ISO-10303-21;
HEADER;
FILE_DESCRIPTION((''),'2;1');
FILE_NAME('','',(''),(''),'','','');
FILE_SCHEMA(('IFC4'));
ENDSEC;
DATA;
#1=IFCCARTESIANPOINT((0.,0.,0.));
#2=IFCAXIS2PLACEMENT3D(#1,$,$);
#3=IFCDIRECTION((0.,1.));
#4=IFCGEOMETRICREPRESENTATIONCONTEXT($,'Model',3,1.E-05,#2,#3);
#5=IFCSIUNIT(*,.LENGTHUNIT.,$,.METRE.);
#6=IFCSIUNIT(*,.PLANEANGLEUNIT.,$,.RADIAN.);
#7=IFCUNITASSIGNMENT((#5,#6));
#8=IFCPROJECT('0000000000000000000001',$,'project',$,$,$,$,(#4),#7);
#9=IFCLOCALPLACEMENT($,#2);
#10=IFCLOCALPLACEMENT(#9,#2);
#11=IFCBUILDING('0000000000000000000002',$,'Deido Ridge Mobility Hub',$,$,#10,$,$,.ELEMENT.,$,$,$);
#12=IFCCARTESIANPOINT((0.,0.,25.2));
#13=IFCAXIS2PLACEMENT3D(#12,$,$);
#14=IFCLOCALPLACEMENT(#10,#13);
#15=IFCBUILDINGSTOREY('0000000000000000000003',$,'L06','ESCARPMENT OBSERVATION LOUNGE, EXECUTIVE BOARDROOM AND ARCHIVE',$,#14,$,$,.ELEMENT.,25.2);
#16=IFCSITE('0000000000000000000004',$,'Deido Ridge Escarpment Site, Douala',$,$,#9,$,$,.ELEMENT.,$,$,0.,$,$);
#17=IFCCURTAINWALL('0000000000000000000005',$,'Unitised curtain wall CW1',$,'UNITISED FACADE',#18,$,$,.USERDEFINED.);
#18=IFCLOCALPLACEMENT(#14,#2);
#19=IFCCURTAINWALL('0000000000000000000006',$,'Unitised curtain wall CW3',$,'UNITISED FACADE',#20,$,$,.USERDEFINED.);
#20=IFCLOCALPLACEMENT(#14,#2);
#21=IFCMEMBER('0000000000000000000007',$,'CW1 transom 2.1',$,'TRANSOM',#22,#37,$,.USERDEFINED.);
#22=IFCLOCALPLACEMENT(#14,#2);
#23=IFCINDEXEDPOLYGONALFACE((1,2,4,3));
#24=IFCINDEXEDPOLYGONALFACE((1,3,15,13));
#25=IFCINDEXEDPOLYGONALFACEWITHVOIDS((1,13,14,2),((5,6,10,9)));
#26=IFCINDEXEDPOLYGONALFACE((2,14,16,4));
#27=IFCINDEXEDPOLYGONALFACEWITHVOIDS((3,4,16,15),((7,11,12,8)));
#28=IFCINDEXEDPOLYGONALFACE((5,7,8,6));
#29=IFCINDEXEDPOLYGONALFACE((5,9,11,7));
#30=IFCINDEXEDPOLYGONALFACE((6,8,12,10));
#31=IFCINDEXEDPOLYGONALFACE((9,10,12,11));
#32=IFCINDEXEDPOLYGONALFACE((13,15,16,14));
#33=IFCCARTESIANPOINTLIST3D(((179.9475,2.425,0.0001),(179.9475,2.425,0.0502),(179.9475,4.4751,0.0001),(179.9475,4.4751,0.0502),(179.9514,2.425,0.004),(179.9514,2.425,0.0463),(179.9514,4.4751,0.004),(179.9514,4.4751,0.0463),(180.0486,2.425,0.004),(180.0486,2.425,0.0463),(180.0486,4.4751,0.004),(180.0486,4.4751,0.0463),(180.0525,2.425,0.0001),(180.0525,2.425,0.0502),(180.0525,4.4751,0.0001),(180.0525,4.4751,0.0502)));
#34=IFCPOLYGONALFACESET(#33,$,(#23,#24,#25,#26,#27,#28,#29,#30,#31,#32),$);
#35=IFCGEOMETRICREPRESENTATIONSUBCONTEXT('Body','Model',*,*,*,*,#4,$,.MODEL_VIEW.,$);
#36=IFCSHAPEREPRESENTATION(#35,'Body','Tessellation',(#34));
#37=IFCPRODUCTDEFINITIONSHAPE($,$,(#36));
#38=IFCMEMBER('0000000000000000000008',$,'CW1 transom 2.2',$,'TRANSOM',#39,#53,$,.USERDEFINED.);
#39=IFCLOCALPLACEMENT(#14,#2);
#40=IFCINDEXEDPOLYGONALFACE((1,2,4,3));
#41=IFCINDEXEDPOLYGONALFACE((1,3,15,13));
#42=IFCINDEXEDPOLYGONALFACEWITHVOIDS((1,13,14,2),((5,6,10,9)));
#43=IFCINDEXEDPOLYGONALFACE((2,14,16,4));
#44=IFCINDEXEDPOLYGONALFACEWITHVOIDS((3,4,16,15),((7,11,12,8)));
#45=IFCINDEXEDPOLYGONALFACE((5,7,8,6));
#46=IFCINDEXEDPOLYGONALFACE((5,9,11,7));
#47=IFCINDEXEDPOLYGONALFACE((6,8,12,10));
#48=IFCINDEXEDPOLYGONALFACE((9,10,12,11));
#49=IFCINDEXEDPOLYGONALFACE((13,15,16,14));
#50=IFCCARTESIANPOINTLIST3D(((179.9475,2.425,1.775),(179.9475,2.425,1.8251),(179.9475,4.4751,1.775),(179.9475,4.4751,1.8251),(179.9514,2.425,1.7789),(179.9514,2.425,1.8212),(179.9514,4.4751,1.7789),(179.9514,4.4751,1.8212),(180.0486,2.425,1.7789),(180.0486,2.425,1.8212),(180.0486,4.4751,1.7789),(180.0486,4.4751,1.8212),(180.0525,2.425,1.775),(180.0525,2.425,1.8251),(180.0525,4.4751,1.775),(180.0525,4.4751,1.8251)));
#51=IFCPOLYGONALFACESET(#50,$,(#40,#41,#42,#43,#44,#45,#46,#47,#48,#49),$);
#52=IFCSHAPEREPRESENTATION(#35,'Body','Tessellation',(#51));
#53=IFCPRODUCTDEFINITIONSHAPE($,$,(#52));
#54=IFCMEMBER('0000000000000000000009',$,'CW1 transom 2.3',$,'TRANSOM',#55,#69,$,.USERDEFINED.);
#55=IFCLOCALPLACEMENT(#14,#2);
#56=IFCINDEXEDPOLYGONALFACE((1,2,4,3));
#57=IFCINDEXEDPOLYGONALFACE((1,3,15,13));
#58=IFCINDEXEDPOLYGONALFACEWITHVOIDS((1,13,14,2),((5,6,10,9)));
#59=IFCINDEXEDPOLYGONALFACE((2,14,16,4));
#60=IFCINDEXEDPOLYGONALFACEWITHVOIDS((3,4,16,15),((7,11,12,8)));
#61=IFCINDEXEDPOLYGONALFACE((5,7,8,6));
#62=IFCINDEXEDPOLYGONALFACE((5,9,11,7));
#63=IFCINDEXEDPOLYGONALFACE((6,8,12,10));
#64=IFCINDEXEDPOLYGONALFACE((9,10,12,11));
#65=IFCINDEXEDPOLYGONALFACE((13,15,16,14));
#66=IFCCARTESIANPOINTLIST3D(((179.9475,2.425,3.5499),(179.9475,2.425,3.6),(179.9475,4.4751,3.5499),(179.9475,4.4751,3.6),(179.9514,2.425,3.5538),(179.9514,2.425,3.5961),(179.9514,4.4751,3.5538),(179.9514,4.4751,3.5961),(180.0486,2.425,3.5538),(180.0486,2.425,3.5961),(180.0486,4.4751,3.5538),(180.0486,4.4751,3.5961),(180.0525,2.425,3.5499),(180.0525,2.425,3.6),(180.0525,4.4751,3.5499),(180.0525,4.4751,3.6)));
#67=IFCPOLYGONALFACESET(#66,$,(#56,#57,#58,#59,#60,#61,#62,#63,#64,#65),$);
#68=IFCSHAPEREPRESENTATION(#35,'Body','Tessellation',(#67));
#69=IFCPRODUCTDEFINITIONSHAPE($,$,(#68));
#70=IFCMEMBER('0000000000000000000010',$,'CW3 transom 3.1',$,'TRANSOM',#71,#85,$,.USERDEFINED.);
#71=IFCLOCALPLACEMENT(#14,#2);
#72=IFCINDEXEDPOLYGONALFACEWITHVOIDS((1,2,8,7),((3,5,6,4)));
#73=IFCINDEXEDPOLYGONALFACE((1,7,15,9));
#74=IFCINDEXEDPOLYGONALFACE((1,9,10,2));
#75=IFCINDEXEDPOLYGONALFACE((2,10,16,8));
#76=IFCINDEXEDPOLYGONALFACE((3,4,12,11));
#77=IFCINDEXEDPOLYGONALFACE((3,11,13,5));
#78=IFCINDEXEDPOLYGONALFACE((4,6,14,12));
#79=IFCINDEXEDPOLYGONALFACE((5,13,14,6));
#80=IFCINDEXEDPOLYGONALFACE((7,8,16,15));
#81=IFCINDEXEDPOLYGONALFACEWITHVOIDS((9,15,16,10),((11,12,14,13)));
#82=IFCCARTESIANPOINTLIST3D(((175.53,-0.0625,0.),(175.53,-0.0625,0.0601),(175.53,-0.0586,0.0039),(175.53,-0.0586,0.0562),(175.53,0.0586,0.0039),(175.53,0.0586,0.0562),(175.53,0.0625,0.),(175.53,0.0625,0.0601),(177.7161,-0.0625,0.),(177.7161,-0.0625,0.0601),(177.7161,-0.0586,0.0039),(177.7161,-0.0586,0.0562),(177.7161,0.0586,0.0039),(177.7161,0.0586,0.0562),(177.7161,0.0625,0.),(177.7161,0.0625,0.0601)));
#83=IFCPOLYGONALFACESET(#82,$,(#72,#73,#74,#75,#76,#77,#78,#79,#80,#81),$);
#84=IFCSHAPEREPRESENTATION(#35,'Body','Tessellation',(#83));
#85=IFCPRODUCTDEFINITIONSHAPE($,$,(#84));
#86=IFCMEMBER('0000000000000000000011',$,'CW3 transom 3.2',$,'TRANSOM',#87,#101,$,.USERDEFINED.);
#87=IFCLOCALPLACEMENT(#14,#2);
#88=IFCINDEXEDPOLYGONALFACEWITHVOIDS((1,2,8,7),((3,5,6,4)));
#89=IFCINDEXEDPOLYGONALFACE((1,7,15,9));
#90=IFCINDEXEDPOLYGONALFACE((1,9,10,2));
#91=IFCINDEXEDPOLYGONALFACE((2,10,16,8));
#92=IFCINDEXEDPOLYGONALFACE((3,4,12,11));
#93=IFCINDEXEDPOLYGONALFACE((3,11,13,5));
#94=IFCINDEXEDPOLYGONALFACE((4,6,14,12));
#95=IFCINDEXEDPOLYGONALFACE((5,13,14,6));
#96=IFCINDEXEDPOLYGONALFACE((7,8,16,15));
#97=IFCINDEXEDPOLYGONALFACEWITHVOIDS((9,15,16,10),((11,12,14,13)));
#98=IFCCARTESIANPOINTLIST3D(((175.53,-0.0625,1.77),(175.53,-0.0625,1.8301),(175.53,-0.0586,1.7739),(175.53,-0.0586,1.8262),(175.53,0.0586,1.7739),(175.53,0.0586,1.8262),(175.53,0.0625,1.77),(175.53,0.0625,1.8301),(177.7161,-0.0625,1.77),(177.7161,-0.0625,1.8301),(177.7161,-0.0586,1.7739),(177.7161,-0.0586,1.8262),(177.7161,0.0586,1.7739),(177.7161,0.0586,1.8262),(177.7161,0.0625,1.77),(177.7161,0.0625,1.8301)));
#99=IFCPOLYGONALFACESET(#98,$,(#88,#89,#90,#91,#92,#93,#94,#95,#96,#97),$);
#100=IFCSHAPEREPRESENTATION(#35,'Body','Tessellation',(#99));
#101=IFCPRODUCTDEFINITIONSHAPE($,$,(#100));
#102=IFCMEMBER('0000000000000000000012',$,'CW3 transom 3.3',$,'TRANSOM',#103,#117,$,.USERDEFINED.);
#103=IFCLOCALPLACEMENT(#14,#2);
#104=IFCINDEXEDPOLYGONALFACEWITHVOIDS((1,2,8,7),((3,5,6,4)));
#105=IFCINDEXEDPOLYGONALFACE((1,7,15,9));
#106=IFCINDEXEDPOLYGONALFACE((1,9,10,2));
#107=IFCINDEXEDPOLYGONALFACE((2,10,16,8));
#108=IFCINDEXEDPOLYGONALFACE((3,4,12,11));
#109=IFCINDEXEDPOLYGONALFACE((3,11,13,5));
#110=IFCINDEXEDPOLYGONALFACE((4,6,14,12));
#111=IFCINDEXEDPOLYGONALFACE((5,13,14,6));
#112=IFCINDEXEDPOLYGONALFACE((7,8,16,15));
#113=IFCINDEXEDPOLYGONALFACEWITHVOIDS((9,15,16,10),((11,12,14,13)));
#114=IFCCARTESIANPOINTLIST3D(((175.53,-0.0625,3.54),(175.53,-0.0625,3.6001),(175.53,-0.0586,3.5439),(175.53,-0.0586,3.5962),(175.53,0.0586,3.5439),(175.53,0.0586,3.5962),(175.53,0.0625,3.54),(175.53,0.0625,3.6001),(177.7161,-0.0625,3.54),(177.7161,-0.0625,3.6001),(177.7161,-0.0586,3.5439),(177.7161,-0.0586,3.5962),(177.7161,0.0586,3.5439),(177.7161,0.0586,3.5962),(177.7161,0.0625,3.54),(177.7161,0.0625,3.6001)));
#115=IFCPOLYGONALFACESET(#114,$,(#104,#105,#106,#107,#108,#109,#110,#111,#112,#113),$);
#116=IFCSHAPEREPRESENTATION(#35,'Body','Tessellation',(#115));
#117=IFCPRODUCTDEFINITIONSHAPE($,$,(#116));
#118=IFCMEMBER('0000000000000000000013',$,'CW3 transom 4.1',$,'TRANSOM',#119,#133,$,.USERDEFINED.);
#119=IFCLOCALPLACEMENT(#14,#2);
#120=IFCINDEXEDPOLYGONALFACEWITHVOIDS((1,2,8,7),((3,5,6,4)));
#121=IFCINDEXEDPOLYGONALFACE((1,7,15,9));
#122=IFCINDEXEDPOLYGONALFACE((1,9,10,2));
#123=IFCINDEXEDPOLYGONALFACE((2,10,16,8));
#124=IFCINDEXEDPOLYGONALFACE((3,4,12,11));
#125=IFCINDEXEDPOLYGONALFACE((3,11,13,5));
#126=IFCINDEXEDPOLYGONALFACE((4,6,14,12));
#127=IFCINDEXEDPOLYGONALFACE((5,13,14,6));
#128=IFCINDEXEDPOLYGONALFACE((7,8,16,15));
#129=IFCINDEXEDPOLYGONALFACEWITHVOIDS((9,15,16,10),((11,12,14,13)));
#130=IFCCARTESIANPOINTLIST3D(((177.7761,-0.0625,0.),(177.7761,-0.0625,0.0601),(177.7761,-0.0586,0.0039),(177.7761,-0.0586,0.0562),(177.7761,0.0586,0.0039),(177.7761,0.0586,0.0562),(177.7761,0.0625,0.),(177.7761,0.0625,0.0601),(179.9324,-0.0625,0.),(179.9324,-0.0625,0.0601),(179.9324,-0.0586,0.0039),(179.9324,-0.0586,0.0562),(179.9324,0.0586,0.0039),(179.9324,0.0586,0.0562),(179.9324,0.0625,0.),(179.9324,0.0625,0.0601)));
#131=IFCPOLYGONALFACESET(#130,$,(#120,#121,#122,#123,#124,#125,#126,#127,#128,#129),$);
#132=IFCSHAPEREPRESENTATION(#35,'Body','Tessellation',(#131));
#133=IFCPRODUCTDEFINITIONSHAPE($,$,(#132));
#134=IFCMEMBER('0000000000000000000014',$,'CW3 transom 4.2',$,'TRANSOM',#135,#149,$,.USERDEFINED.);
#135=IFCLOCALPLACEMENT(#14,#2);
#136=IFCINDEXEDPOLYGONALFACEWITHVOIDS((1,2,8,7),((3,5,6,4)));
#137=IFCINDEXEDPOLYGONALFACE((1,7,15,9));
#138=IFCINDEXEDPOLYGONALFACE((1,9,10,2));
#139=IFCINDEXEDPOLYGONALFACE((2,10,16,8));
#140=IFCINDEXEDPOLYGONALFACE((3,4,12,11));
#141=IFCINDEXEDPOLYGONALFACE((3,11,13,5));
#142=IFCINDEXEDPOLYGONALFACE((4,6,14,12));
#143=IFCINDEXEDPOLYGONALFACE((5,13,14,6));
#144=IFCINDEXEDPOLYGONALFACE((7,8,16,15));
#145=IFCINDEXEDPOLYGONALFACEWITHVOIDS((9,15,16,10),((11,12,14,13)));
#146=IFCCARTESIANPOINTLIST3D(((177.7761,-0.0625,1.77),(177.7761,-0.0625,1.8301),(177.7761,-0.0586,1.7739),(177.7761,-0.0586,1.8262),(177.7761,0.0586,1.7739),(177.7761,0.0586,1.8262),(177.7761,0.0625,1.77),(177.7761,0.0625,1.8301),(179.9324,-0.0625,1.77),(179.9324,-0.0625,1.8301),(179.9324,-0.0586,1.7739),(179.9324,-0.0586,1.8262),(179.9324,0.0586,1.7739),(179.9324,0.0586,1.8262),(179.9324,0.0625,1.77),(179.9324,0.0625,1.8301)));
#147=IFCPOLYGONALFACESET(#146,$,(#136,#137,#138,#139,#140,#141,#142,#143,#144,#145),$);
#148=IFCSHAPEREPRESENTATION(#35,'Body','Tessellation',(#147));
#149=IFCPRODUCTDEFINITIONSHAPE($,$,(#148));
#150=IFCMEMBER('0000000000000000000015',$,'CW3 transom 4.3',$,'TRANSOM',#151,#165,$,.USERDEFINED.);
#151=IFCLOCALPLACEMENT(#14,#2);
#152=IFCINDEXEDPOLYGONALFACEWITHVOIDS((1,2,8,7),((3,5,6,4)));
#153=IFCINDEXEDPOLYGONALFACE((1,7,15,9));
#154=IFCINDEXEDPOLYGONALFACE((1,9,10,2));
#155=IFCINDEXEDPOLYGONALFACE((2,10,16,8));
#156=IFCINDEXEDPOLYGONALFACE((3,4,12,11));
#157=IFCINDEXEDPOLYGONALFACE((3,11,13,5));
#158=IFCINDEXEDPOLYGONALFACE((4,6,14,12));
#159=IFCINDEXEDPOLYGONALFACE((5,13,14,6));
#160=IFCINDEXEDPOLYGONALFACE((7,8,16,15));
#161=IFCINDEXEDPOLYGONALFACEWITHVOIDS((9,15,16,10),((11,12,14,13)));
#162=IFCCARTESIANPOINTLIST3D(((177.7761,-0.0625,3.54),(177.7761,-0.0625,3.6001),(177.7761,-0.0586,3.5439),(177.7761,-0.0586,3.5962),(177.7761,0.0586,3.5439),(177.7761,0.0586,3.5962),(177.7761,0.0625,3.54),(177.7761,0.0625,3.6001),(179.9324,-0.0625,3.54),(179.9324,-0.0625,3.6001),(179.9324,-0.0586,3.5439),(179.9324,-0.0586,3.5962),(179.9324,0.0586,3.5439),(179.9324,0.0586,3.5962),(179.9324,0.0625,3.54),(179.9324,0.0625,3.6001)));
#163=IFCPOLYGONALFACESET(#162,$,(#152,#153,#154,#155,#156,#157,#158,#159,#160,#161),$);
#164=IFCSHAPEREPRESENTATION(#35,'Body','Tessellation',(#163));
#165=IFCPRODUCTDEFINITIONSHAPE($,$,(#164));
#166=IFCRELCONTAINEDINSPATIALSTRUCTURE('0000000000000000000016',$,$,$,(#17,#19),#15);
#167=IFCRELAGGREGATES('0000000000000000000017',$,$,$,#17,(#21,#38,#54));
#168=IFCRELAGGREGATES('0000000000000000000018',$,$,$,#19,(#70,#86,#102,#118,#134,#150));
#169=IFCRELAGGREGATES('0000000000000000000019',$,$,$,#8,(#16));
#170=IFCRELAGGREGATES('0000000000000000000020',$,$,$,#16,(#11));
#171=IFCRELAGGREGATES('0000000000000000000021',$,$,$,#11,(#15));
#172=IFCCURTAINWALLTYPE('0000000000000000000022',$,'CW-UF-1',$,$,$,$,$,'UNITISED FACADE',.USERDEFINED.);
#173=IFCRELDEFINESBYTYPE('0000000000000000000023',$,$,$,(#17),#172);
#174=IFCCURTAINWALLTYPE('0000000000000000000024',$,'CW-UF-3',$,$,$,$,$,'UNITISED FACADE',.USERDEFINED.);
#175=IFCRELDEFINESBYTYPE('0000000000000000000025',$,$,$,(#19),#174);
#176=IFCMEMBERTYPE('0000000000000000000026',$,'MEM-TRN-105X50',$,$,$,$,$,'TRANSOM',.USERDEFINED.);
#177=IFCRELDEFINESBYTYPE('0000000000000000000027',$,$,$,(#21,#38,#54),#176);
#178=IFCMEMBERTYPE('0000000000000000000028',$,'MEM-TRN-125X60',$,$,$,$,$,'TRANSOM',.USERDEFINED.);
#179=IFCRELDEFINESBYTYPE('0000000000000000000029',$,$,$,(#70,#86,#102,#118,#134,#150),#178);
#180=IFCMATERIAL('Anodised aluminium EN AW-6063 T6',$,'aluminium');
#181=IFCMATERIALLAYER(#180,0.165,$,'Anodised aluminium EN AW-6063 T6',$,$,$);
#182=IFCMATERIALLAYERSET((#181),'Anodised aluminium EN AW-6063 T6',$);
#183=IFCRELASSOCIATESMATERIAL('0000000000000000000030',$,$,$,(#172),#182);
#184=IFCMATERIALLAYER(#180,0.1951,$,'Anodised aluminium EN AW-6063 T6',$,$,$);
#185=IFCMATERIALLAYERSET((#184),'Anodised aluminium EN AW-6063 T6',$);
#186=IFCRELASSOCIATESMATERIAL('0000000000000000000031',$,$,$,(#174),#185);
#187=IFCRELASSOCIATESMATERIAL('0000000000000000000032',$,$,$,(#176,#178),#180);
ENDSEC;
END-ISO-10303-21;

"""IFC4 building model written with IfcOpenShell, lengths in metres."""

from ifc_helpers import new_model, si_unit, direction, frame, origin, origin_2d, place, context, subcontext, project, spatial, hollow_rectangle, extrude, material, layer, layer_set, material_profile, profile_set, type_object, element, aggregate, save


model = new_model("IFC4")

# Units and contexts
model_context = context("Model", 3, precision=1e-05, world=origin(), true_north=direction((0.0, 1.0)))
body_context = subcontext(model_context, "Body", "Model", "MODEL_VIEW")
ifc_project = project(units=[si_unit("LENGTHUNIT", "METRE"), si_unit("PLANEANGLEUNIT", "RADIAN")], contexts=[model_context])

# Site, building, storey
site_placement = place(None, origin())
site = spatial("IfcSite", under=ifc_project, at=site_placement, Name="Deido Ridge Escarpment Site, Douala", CompositionType="ELEMENT", RefElevation=0.0)
building_placement = place(site_placement, origin())
building = spatial("IfcBuilding", under=site, at=building_placement, Name="Deido Ridge Mobility Hub", CompositionType="ELEMENT")
storey_placement = place(building_placement, frame((0.0, 0.0, 25.2)))
storey = spatial("IfcBuildingStorey", under=building, at=storey_placement, Name="L06", Description="ESCARPMENT OBSERVATION LOUNGE, EXECUTIVE BOARDROOM AND ARCHIVE", CompositionType="ELEMENT", Elevation=25.2)

# Curtain walls
ifc_material_1 = material(Name="Anodised aluminium EN AW-6063 T6", Category="aluminium")
ifc_layer_1 = layer(ifc_material_1, 0.165, Name="Anodised aluminium EN AW-6063 T6")
ifc_layer_set_1 = layer_set([ifc_layer_1], Name="Anodised aluminium EN AW-6063 T6")
curtain_wall_type_1 = type_object("IfcCurtainWallType", Name="CW-UF-1", ElementType="UNITISED FACADE", PredefinedType="USERDEFINED", material=ifc_layer_set_1)
curtain_wall_1_placement = place(storey_placement, origin())
curtain_wall_1 = element("IfcCurtainWall", 1, at=curtain_wall_1_placement, inside=storey, type_object=curtain_wall_type_1, Name="Unitised curtain wall CW1", ObjectType="UNITISED FACADE", PredefinedType="USERDEFINED")
ifc_layer_2 = layer(ifc_material_1, 0.1951, Name="Anodised aluminium EN AW-6063 T6")
ifc_layer_set_2 = layer_set([ifc_layer_2], Name="Anodised aluminium EN AW-6063 T6")
curtain_wall_type_2 = type_object("IfcCurtainWallType", Name="CW-UF-3", ElementType="UNITISED FACADE", PredefinedType="USERDEFINED", material=ifc_layer_set_2)
curtain_wall_2_placement = place(storey_placement, origin())
curtain_wall_2 = element("IfcCurtainWall", 2, at=curtain_wall_2_placement, inside=storey, type_object=curtain_wall_type_2, Name="Unitised curtain wall CW3", ObjectType="UNITISED FACADE", PredefinedType="USERDEFINED")

# Members
ifc_material_profile_1 = material_profile(ifc_material_1, hollow_rectangle(XDim=0.105, YDim=0.05, WallThickness=0.0039, at=origin_2d()), Name="RHS 105x50x4")
ifc_profile_set_1 = profile_set([ifc_material_profile_1], Name="Anodised aluminium EN AW-6063 T6")
member_type_1 = type_object("IfcMemberType", Name="MEM-TRN-105X50", ElementType="TRANSOM", PredefinedType="USERDEFINED", material=ifc_profile_set_1)
member_1_placement = place(storey_placement, frame((180.0, 2.425, 0.0251), z_axis=(0.0, 1.0, 0.0), x_axis=(-1.0, 0.0, 0.0)))
member_1 = element("IfcMember", 3, at=member_1_placement, type_object=member_type_1, Name="CW1 transom 2.1", ObjectType="TRANSOM", PredefinedType="USERDEFINED", context=body_context, shape_type="SweptSolid", body=[
    extrude(hollow_rectangle(XDim=0.105, YDim=0.05, WallThickness=0.0039, at=origin_2d()), origin(), (0.0, 0.0, 1.0), 2.05),
])
member_2_placement = place(storey_placement, frame((180.0, 2.425, 1.8), z_axis=(0.0, 1.0, 0.0), x_axis=(-1.0, 0.0, 0.0)))
member_2 = element("IfcMember", 4, at=member_2_placement, type_object=member_type_1, Name="CW1 transom 2.2", ObjectType="TRANSOM", PredefinedType="USERDEFINED", context=body_context, shape_type="SweptSolid", body=[
    extrude(hollow_rectangle(XDim=0.105, YDim=0.05, WallThickness=0.0039, at=origin_2d()), origin(), (0.0, 0.0, 1.0), 2.05),
])
member_3_placement = place(storey_placement, frame((180.0, 2.425, 3.575), z_axis=(0.0, 1.0, 0.0), x_axis=(-1.0, 0.0, 0.0)))
member_3 = element("IfcMember", 5, at=member_3_placement, type_object=member_type_1, Name="CW1 transom 2.3", ObjectType="TRANSOM", PredefinedType="USERDEFINED", context=body_context, shape_type="SweptSolid", body=[
    extrude(hollow_rectangle(XDim=0.105, YDim=0.05, WallThickness=0.0039, at=origin_2d()), origin(), (0.0, 0.0, 1.0), 2.05),
])
ifc_material_profile_2 = material_profile(ifc_material_1, hollow_rectangle(XDim=0.125, YDim=0.0601, WallThickness=0.0039, at=origin_2d()), Name="RHS 125x60x4")
ifc_profile_set_2 = profile_set([ifc_material_profile_2], Name="Anodised aluminium EN AW-6063 T6")
member_type_2 = type_object("IfcMemberType", Name="MEM-TRN-125X60", ElementType="TRANSOM", PredefinedType="USERDEFINED", material=ifc_profile_set_2)
member_4_placement = place(storey_placement, frame((175.53, 0.0, 0.03), z_axis=(1.0, 0.0, 0.0), x_axis=(0.0, 1.0, 0.0)))
member_4 = element("IfcMember", 6, at=member_4_placement, type_object=member_type_2, Name="CW3 transom 3.1", ObjectType="TRANSOM", PredefinedType="USERDEFINED", context=body_context, shape_type="SweptSolid", body=[
    extrude(hollow_rectangle(XDim=0.125, YDim=0.0601, WallThickness=0.0039, at=origin_2d()), origin(), (0.0, 0.0, 1.0), 2.186),
])
member_5_placement = place(storey_placement, frame((175.53, 0.0, 1.8), z_axis=(1.0, 0.0, 0.0), x_axis=(0.0, 1.0, 0.0)))
member_5 = element("IfcMember", 7, at=member_5_placement, type_object=member_type_2, Name="CW3 transom 3.2", ObjectType="TRANSOM", PredefinedType="USERDEFINED", context=body_context, shape_type="SweptSolid", body=[
    extrude(hollow_rectangle(XDim=0.125, YDim=0.0601, WallThickness=0.0039, at=origin_2d()), origin(), (0.0, 0.0, 1.0), 2.186),
])
member_6_placement = place(storey_placement, frame((175.53, 0.0, 3.5701), z_axis=(1.0, 0.0, 0.0), x_axis=(0.0, 1.0, 0.0)))
member_6 = element("IfcMember", 8, at=member_6_placement, type_object=member_type_2, Name="CW3 transom 3.3", ObjectType="TRANSOM", PredefinedType="USERDEFINED", context=body_context, shape_type="SweptSolid", body=[
    extrude(hollow_rectangle(XDim=0.125, YDim=0.0601, WallThickness=0.0039, at=origin_2d()), origin(), (0.0, 0.0, 1.0), 2.186),
])
member_7_placement = place(storey_placement, frame((177.7761, 0.0, 0.03), z_axis=(1.0, 0.0, 0.0), x_axis=(0.0, 1.0, 0.0)))
member_7 = element("IfcMember", 9, at=member_7_placement, type_object=member_type_2, Name="CW3 transom 4.1", ObjectType="TRANSOM", PredefinedType="USERDEFINED", context=body_context, shape_type="SweptSolid", body=[
    extrude(hollow_rectangle(XDim=0.125, YDim=0.0601, WallThickness=0.0039, at=origin_2d()), origin(), (0.0, 0.0, 1.0), 2.1562),
])
member_8_placement = place(storey_placement, frame((177.7761, 0.0, 1.8), z_axis=(1.0, 0.0, 0.0), x_axis=(0.0, 1.0, 0.0)))
member_8 = element("IfcMember", 10, at=member_8_placement, type_object=member_type_2, Name="CW3 transom 4.2", ObjectType="TRANSOM", PredefinedType="USERDEFINED", context=body_context, shape_type="SweptSolid", body=[
    extrude(hollow_rectangle(XDim=0.125, YDim=0.0601, WallThickness=0.0039, at=origin_2d()), origin(), (0.0, 0.0, 1.0), 2.1562),
])
member_9_placement = place(storey_placement, frame((177.7761, 0.0, 3.5701), z_axis=(1.0, 0.0, 0.0), x_axis=(0.0, 1.0, 0.0)))
member_9 = element("IfcMember", 11, at=member_9_placement, type_object=member_type_2, Name="CW3 transom 4.3", ObjectType="TRANSOM", PredefinedType="USERDEFINED", context=body_context, shape_type="SweptSolid", body=[
    extrude(hollow_rectangle(XDim=0.125, YDim=0.0601, WallThickness=0.0039, at=origin_2d()), origin(), (0.0, 0.0, 1.0), 2.1562),
])

aggregate(curtain_wall_1, [member_1, member_2, member_3])
aggregate(curtain_wall_2, [member_4, member_5, member_6, member_7, member_8, member_9])

save(model, "model.ifc")
